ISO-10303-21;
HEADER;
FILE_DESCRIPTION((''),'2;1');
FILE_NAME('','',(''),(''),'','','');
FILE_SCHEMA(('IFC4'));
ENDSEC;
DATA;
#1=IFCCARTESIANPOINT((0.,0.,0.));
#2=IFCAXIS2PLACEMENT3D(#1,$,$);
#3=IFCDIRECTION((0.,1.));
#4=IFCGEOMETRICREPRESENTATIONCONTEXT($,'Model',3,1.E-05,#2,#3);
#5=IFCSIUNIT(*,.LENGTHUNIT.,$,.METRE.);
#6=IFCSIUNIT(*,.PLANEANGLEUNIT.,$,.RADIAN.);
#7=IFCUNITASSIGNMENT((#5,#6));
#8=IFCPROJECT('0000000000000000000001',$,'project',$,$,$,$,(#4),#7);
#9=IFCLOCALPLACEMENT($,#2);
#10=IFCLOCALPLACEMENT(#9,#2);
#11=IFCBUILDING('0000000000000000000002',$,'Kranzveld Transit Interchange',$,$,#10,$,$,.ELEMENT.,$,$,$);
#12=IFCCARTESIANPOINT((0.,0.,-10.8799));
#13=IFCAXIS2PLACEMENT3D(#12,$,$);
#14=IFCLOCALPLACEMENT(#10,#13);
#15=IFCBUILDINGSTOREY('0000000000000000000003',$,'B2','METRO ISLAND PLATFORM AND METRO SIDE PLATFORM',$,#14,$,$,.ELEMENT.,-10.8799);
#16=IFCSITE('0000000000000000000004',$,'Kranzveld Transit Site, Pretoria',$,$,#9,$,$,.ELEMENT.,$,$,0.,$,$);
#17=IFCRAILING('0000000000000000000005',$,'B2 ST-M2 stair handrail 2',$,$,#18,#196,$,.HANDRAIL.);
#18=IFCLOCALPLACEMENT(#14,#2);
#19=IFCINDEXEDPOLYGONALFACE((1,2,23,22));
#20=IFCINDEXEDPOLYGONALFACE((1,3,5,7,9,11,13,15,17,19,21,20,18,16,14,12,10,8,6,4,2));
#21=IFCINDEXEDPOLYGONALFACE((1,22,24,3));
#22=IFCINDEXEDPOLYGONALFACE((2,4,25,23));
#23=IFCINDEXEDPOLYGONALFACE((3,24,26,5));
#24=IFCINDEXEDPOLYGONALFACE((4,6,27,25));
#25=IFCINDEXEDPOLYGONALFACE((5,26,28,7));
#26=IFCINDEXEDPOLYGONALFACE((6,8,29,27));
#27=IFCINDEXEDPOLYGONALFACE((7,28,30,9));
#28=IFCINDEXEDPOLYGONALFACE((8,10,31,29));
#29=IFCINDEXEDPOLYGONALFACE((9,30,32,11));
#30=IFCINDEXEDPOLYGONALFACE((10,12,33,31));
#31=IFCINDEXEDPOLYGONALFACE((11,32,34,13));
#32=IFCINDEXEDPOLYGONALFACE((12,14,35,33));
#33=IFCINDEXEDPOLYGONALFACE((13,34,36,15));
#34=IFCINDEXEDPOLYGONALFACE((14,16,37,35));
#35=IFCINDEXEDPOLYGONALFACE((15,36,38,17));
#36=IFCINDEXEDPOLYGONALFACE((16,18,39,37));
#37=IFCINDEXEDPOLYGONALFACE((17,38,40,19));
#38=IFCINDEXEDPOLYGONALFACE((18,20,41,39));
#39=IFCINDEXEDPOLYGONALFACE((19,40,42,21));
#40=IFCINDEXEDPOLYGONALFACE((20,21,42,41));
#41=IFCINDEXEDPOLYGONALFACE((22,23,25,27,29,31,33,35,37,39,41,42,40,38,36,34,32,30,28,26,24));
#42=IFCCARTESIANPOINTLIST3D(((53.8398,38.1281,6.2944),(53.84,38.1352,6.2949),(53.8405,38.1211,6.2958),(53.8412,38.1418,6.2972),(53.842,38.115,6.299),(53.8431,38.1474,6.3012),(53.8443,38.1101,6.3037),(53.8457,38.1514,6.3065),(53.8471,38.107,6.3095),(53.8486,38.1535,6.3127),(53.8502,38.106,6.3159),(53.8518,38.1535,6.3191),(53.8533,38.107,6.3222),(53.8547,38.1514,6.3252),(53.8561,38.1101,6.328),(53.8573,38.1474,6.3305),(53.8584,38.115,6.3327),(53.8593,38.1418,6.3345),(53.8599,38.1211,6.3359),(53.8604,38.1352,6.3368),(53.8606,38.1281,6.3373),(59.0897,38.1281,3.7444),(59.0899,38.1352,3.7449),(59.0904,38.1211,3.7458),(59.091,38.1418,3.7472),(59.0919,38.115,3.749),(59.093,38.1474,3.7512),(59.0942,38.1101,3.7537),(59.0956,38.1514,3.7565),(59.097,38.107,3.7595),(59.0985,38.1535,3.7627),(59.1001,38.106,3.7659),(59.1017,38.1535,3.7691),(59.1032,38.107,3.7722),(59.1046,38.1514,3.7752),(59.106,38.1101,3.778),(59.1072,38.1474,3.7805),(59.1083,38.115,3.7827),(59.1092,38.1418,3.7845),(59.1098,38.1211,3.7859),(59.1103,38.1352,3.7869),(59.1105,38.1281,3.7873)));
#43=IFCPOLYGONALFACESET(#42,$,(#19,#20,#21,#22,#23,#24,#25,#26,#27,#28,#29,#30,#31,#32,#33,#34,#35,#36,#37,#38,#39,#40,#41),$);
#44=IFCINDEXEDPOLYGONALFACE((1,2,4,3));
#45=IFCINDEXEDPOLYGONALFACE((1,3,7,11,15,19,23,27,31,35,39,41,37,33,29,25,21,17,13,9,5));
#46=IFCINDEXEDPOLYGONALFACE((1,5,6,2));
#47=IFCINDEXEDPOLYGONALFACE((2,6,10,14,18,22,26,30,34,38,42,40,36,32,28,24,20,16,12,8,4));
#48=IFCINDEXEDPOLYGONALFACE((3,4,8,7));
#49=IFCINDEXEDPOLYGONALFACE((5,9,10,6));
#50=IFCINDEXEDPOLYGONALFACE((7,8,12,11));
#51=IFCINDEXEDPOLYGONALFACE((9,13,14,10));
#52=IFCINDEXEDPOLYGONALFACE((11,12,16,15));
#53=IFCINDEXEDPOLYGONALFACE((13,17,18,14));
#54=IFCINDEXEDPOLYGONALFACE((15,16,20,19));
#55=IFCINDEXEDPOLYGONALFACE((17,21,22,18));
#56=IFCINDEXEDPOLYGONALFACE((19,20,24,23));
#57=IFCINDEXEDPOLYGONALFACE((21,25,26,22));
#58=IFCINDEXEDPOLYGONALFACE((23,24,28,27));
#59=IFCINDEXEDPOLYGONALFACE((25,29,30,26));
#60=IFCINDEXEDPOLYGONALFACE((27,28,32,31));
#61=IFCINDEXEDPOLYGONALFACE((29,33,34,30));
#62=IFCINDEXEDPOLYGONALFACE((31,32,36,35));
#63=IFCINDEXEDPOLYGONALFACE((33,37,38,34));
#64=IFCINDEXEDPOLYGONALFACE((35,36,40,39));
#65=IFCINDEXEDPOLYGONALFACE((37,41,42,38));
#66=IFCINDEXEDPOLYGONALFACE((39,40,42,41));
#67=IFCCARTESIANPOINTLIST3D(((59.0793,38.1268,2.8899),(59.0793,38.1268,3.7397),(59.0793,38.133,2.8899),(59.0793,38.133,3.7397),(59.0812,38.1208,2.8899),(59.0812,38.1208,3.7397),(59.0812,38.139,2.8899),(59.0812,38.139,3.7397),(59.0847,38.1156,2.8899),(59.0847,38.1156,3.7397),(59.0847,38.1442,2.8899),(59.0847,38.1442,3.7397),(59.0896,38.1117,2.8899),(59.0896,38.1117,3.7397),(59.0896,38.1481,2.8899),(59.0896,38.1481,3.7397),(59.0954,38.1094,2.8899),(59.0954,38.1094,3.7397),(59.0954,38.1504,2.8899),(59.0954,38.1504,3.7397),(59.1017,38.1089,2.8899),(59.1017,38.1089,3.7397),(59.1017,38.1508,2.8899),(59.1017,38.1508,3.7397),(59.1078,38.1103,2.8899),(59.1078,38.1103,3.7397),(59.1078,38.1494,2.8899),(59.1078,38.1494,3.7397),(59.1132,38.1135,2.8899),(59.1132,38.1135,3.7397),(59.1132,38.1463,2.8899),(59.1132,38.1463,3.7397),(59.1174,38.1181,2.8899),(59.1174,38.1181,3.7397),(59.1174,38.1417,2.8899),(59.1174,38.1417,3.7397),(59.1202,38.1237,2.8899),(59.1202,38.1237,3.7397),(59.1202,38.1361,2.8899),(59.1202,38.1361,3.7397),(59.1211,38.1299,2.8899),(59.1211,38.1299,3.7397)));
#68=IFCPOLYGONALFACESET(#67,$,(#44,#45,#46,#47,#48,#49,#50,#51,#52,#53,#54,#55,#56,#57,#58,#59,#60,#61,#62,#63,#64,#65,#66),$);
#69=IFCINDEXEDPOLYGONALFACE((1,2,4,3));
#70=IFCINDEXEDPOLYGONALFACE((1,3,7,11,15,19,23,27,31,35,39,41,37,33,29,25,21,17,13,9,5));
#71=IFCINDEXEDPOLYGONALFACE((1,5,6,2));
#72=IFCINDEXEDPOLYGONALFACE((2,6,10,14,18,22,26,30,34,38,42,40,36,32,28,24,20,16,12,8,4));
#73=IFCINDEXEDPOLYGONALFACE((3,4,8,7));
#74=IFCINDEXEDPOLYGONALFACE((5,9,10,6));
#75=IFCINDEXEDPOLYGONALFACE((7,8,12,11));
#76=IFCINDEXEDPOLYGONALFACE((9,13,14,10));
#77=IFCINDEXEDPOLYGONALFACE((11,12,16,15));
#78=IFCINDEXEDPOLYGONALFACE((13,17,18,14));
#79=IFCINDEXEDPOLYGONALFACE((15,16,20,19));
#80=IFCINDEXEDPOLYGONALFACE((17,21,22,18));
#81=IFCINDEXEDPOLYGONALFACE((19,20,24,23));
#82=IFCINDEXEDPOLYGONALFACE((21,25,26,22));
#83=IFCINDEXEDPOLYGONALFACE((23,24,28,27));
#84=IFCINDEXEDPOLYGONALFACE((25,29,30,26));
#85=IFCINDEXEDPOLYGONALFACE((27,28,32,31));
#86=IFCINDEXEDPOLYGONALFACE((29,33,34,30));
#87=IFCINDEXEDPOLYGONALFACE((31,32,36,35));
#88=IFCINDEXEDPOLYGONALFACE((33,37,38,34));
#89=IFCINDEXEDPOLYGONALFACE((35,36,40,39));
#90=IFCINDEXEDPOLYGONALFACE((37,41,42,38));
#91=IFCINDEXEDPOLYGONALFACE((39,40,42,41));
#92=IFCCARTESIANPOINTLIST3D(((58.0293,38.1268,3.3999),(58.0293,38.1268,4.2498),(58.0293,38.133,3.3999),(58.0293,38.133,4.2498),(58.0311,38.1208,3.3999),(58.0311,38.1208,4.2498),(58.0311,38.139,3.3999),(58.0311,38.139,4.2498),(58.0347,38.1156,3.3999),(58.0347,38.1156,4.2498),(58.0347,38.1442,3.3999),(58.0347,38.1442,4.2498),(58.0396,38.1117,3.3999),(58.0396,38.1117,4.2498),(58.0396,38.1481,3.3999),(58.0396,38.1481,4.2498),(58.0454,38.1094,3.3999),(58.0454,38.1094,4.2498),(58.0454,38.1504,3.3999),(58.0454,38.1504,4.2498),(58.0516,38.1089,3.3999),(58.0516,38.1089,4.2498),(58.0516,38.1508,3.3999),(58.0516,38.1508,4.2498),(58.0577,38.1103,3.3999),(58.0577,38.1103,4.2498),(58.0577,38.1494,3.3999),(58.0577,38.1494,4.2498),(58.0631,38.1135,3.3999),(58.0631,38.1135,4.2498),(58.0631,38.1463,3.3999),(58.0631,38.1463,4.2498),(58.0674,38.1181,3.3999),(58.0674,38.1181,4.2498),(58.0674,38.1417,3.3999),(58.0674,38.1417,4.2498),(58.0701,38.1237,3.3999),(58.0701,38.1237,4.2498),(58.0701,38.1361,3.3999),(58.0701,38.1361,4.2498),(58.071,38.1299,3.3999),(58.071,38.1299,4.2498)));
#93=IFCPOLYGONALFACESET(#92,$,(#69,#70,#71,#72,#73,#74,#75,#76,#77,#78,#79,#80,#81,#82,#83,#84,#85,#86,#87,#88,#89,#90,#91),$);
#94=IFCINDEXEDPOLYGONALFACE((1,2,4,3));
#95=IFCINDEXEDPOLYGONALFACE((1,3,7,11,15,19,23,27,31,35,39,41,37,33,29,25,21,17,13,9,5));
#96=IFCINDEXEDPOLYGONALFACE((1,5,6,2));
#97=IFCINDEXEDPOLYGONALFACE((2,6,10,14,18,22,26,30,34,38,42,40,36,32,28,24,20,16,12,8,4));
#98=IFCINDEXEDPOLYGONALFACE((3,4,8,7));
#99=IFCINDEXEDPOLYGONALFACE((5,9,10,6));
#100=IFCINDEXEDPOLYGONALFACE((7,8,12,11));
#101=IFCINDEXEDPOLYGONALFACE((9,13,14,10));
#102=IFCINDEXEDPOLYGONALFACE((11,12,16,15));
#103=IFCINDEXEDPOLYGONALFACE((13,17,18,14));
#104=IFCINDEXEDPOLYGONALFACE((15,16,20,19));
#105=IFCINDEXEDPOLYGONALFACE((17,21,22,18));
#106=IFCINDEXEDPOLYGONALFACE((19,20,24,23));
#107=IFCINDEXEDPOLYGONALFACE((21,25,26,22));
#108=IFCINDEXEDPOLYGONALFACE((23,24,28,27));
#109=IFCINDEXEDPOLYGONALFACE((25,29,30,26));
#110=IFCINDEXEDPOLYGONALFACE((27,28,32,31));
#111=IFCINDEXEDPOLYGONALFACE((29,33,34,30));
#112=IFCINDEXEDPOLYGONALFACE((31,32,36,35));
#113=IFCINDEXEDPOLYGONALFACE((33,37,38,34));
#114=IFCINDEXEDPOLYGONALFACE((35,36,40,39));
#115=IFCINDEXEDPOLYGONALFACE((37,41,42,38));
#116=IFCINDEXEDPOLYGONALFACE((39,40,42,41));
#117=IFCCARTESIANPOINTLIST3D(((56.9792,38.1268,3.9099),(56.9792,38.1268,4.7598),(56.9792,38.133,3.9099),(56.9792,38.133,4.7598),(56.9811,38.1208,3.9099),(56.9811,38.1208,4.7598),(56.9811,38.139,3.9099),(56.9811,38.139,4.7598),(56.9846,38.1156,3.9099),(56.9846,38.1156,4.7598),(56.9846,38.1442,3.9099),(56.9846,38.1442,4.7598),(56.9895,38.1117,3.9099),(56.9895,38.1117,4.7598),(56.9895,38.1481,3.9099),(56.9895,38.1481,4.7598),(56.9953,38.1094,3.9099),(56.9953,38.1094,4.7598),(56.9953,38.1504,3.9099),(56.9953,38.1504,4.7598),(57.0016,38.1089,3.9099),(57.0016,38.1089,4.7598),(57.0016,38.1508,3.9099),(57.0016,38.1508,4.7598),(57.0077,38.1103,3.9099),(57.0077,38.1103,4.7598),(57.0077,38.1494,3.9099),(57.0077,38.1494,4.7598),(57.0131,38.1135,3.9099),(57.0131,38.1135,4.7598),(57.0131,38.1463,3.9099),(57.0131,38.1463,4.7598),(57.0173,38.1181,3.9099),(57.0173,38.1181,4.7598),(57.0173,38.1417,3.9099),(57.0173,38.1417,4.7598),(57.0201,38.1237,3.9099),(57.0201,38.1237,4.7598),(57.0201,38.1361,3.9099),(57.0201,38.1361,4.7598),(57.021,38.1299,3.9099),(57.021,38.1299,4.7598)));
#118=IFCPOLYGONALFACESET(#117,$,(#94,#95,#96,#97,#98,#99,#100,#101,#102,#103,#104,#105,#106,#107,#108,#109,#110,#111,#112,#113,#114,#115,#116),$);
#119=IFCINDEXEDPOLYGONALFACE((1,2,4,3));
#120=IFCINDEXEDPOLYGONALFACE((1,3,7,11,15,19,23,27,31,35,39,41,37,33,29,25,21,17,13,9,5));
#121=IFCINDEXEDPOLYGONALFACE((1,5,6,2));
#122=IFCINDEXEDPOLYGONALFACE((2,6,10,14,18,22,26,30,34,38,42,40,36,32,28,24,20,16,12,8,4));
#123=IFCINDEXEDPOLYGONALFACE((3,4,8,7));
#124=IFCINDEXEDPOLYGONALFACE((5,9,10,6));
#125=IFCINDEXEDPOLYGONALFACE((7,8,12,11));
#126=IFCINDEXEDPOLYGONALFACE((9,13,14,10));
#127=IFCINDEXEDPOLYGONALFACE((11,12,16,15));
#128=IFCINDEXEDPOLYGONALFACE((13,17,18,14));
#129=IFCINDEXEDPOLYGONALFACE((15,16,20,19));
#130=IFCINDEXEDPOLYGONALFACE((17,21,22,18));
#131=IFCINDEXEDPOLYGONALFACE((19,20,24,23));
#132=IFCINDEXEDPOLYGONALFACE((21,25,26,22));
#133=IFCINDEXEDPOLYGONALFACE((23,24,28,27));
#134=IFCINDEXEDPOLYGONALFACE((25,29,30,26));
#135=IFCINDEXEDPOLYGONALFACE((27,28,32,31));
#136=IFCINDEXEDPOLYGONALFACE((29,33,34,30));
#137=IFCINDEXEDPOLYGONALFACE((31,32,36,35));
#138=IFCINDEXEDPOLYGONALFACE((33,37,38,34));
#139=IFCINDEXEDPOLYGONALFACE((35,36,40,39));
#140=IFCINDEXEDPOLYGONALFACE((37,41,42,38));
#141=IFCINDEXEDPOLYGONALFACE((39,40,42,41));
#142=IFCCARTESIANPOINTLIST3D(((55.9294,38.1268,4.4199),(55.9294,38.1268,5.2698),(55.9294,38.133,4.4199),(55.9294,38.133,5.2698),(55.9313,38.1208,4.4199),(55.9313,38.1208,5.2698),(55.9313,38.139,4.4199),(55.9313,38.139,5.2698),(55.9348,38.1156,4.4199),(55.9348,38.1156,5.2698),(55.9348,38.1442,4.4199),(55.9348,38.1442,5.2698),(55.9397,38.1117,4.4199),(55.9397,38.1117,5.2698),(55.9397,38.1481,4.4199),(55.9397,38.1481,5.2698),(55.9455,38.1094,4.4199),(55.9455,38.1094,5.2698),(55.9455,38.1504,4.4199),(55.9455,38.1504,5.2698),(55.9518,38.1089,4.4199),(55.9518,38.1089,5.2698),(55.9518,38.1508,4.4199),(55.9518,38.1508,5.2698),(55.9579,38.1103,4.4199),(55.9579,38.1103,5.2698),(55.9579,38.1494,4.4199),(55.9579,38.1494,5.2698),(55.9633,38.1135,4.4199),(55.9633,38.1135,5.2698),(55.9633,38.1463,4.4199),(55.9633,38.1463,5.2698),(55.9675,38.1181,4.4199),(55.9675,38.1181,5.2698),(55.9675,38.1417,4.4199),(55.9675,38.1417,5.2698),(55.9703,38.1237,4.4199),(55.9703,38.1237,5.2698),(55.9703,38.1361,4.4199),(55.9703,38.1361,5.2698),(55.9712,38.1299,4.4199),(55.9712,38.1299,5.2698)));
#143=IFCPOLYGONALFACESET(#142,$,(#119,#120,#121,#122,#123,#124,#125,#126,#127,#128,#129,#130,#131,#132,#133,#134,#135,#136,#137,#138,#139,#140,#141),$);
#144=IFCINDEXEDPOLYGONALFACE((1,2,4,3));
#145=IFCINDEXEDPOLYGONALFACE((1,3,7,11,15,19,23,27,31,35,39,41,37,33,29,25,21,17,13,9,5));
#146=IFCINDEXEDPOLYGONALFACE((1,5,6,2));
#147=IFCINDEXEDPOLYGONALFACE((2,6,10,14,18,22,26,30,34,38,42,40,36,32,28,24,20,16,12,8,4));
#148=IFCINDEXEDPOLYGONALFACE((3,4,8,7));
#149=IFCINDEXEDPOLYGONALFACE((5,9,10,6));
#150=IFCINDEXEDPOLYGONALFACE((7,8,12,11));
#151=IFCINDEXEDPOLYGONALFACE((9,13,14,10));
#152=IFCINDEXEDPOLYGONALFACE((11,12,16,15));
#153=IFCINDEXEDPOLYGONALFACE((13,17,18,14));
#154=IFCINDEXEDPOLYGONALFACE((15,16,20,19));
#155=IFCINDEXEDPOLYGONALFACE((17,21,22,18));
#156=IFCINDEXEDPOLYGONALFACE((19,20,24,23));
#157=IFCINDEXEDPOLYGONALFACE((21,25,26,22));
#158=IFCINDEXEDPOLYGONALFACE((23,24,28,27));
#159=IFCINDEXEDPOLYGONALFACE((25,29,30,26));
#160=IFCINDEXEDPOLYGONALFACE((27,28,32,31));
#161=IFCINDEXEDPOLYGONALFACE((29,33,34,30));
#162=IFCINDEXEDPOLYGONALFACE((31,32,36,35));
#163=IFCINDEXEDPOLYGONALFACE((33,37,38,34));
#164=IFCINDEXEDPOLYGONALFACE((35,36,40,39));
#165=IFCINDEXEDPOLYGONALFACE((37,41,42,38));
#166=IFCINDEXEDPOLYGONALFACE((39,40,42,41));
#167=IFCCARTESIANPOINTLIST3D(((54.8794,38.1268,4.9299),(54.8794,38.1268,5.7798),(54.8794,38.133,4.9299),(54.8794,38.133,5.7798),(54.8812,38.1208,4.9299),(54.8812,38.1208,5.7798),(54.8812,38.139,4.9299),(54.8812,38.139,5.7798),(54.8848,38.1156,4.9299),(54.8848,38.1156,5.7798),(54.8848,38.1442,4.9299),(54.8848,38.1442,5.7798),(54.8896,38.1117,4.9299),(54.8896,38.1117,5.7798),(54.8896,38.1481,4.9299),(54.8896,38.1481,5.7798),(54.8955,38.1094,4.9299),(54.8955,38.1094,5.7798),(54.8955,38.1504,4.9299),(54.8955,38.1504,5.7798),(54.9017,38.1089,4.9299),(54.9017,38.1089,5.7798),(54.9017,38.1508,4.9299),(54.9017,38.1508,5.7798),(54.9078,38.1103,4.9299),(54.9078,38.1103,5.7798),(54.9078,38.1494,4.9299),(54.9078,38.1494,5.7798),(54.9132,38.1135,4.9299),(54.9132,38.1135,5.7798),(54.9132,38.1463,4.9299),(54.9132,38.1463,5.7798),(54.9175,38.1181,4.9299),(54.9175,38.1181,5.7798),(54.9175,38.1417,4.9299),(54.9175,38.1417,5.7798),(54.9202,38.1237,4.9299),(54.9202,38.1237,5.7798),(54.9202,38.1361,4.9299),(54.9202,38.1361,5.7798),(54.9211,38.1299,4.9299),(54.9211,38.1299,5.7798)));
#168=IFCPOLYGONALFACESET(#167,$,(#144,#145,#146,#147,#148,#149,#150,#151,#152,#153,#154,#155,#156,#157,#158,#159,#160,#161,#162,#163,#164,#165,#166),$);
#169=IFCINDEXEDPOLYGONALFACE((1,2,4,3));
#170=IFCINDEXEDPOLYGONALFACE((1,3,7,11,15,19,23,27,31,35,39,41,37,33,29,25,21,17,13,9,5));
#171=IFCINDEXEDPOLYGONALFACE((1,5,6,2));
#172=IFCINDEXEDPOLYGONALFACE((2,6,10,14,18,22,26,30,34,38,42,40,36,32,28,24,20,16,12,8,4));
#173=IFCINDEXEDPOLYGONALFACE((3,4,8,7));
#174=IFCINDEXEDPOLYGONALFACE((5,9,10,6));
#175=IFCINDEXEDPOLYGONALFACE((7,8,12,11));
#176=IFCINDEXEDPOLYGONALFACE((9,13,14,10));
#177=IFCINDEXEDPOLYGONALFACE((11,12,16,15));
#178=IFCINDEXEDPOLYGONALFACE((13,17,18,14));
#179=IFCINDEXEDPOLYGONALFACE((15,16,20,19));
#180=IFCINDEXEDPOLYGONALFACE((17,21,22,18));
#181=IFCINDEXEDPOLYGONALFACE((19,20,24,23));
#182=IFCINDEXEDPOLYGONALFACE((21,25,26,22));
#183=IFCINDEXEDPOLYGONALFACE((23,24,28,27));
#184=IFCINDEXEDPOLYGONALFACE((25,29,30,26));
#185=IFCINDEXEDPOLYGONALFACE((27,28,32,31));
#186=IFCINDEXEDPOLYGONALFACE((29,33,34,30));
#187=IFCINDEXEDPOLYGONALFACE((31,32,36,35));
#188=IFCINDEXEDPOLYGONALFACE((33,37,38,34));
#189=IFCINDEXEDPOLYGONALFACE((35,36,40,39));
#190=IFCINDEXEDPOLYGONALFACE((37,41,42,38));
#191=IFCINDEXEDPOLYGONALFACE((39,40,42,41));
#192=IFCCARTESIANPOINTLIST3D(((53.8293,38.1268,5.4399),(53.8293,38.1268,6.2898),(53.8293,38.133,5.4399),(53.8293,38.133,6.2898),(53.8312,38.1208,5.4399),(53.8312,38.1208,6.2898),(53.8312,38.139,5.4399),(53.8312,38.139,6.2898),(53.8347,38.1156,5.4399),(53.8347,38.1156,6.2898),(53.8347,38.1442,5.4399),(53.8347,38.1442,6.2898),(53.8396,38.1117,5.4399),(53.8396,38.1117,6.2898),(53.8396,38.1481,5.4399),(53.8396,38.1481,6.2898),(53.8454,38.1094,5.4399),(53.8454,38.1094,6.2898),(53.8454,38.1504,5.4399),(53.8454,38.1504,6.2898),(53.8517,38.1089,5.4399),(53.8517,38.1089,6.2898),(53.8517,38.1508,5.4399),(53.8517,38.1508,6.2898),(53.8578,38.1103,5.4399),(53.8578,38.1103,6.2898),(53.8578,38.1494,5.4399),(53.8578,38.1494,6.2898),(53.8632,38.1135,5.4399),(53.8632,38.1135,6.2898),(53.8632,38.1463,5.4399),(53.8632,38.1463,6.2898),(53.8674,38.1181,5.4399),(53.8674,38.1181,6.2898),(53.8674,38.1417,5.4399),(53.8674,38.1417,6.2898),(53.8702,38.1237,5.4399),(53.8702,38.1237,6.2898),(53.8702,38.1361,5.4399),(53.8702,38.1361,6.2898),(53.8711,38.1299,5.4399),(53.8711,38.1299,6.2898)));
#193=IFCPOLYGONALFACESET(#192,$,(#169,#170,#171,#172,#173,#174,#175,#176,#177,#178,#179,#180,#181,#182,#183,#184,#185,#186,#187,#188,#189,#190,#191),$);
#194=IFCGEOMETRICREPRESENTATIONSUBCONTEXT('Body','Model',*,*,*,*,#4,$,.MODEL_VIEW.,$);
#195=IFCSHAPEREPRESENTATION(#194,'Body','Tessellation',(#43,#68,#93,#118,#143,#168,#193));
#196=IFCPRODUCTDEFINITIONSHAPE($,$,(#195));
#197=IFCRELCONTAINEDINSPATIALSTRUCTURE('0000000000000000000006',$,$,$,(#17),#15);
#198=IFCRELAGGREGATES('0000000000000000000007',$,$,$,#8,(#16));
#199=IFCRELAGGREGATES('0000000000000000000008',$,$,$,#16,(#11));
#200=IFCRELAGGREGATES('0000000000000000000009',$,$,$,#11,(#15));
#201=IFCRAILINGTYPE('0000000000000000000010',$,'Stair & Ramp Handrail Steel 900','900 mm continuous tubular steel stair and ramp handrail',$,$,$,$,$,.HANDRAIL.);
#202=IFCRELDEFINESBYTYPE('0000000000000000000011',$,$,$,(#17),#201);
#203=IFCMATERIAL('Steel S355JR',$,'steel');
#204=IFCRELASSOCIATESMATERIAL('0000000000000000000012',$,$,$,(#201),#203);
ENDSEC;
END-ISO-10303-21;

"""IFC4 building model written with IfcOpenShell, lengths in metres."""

from ifc_helpers import new_model, si_unit, direction, frame, origin, origin_2d, place, context, subcontext, project, spatial, circle, extrude, material, type_object, element, save


model = new_model("IFC4")

# Units and contexts
model_context = context("Model", 3, precision=1e-05, world=origin(), true_north=direction((0.0, 1.0)))
body_context = subcontext(model_context, "Body", "Model", "MODEL_VIEW")
ifc_project = project(units=[si_unit("LENGTHUNIT", "METRE"), si_unit("PLANEANGLEUNIT", "RADIAN")], contexts=[model_context])

# Site, building, storey
site_placement = place(None, origin())
site = spatial("IfcSite", under=ifc_project, at=site_placement, Name="Kranzveld Transit Site, Pretoria", CompositionType="ELEMENT", RefElevation=0.0)
building_placement = place(site_placement, origin())
building = spatial("IfcBuilding", under=site, at=building_placement, Name="Kranzveld Transit Interchange", CompositionType="ELEMENT")
storey_placement = place(building_placement, frame((0.0, 0.0, -10.8799)))
storey = spatial("IfcBuildingStorey", under=building, at=storey_placement, Name="B2", Description="METRO ISLAND PLATFORM AND METRO SIDE PLATFORM", CompositionType="ELEMENT", Elevation=-10.8799)

# Railing
ifc_material_1 = material(Name="Steel S355JR", Category="steel")
railing_type_1 = type_object("IfcRailingType", Name="Stair & Ramp Handrail Steel 900", Description="900 mm continuous tubular steel stair and ramp handrail", PredefinedType="HANDRAIL", material=ifc_material_1)
railing_1_placement = place(storey_placement, frame((59.1001, 38.1299, 2.8899)))
element("IfcRailing", 1, at=railing_1_placement, inside=storey, type_object=railing_type_1, Name="B2 ST-M2 stair handrail 2", PredefinedType="HANDRAIL", context=body_context, shape_type="SweptSolid", body=[
    extrude(circle(Radius=0.0239, at=origin_2d()), frame((0.0, 0.0, 0.876), z_axis=(-0.899505, 0.0, 0.436911), x_axis=(0.0, -1.0, 0.0)), (0.0, 0.0, 1.0), 5.8364),
    extrude(circle(Radius=0.021, at=origin_2d()), origin(), (0.0, 0.0, 1.0), 0.8499),
    extrude(circle(Radius=0.021, at=origin_2d()), frame((-1.05, 0.0, 0.51)), (0.0, 0.0, 1.0), 0.8499),
    extrude(circle(Radius=0.021, at=origin_2d()), frame((-2.1001, 0.0, 1.02)), (0.0, 0.0, 1.0), 0.8499),
    extrude(circle(Radius=0.021, at=origin_2d()), frame((-3.1499, 0.0, 1.53)), (0.0, 0.0, 1.0), 0.8499),
    extrude(circle(Radius=0.021, at=origin_2d()), frame((-4.2, 0.0, 2.04)), (0.0, 0.0, 1.0), 0.8499),
    extrude(circle(Radius=0.021, at=origin_2d()), frame((-5.25, 0.0, 2.55)), (0.0, 0.0, 1.0), 0.8499),
])

save(model, "model.ifc")
